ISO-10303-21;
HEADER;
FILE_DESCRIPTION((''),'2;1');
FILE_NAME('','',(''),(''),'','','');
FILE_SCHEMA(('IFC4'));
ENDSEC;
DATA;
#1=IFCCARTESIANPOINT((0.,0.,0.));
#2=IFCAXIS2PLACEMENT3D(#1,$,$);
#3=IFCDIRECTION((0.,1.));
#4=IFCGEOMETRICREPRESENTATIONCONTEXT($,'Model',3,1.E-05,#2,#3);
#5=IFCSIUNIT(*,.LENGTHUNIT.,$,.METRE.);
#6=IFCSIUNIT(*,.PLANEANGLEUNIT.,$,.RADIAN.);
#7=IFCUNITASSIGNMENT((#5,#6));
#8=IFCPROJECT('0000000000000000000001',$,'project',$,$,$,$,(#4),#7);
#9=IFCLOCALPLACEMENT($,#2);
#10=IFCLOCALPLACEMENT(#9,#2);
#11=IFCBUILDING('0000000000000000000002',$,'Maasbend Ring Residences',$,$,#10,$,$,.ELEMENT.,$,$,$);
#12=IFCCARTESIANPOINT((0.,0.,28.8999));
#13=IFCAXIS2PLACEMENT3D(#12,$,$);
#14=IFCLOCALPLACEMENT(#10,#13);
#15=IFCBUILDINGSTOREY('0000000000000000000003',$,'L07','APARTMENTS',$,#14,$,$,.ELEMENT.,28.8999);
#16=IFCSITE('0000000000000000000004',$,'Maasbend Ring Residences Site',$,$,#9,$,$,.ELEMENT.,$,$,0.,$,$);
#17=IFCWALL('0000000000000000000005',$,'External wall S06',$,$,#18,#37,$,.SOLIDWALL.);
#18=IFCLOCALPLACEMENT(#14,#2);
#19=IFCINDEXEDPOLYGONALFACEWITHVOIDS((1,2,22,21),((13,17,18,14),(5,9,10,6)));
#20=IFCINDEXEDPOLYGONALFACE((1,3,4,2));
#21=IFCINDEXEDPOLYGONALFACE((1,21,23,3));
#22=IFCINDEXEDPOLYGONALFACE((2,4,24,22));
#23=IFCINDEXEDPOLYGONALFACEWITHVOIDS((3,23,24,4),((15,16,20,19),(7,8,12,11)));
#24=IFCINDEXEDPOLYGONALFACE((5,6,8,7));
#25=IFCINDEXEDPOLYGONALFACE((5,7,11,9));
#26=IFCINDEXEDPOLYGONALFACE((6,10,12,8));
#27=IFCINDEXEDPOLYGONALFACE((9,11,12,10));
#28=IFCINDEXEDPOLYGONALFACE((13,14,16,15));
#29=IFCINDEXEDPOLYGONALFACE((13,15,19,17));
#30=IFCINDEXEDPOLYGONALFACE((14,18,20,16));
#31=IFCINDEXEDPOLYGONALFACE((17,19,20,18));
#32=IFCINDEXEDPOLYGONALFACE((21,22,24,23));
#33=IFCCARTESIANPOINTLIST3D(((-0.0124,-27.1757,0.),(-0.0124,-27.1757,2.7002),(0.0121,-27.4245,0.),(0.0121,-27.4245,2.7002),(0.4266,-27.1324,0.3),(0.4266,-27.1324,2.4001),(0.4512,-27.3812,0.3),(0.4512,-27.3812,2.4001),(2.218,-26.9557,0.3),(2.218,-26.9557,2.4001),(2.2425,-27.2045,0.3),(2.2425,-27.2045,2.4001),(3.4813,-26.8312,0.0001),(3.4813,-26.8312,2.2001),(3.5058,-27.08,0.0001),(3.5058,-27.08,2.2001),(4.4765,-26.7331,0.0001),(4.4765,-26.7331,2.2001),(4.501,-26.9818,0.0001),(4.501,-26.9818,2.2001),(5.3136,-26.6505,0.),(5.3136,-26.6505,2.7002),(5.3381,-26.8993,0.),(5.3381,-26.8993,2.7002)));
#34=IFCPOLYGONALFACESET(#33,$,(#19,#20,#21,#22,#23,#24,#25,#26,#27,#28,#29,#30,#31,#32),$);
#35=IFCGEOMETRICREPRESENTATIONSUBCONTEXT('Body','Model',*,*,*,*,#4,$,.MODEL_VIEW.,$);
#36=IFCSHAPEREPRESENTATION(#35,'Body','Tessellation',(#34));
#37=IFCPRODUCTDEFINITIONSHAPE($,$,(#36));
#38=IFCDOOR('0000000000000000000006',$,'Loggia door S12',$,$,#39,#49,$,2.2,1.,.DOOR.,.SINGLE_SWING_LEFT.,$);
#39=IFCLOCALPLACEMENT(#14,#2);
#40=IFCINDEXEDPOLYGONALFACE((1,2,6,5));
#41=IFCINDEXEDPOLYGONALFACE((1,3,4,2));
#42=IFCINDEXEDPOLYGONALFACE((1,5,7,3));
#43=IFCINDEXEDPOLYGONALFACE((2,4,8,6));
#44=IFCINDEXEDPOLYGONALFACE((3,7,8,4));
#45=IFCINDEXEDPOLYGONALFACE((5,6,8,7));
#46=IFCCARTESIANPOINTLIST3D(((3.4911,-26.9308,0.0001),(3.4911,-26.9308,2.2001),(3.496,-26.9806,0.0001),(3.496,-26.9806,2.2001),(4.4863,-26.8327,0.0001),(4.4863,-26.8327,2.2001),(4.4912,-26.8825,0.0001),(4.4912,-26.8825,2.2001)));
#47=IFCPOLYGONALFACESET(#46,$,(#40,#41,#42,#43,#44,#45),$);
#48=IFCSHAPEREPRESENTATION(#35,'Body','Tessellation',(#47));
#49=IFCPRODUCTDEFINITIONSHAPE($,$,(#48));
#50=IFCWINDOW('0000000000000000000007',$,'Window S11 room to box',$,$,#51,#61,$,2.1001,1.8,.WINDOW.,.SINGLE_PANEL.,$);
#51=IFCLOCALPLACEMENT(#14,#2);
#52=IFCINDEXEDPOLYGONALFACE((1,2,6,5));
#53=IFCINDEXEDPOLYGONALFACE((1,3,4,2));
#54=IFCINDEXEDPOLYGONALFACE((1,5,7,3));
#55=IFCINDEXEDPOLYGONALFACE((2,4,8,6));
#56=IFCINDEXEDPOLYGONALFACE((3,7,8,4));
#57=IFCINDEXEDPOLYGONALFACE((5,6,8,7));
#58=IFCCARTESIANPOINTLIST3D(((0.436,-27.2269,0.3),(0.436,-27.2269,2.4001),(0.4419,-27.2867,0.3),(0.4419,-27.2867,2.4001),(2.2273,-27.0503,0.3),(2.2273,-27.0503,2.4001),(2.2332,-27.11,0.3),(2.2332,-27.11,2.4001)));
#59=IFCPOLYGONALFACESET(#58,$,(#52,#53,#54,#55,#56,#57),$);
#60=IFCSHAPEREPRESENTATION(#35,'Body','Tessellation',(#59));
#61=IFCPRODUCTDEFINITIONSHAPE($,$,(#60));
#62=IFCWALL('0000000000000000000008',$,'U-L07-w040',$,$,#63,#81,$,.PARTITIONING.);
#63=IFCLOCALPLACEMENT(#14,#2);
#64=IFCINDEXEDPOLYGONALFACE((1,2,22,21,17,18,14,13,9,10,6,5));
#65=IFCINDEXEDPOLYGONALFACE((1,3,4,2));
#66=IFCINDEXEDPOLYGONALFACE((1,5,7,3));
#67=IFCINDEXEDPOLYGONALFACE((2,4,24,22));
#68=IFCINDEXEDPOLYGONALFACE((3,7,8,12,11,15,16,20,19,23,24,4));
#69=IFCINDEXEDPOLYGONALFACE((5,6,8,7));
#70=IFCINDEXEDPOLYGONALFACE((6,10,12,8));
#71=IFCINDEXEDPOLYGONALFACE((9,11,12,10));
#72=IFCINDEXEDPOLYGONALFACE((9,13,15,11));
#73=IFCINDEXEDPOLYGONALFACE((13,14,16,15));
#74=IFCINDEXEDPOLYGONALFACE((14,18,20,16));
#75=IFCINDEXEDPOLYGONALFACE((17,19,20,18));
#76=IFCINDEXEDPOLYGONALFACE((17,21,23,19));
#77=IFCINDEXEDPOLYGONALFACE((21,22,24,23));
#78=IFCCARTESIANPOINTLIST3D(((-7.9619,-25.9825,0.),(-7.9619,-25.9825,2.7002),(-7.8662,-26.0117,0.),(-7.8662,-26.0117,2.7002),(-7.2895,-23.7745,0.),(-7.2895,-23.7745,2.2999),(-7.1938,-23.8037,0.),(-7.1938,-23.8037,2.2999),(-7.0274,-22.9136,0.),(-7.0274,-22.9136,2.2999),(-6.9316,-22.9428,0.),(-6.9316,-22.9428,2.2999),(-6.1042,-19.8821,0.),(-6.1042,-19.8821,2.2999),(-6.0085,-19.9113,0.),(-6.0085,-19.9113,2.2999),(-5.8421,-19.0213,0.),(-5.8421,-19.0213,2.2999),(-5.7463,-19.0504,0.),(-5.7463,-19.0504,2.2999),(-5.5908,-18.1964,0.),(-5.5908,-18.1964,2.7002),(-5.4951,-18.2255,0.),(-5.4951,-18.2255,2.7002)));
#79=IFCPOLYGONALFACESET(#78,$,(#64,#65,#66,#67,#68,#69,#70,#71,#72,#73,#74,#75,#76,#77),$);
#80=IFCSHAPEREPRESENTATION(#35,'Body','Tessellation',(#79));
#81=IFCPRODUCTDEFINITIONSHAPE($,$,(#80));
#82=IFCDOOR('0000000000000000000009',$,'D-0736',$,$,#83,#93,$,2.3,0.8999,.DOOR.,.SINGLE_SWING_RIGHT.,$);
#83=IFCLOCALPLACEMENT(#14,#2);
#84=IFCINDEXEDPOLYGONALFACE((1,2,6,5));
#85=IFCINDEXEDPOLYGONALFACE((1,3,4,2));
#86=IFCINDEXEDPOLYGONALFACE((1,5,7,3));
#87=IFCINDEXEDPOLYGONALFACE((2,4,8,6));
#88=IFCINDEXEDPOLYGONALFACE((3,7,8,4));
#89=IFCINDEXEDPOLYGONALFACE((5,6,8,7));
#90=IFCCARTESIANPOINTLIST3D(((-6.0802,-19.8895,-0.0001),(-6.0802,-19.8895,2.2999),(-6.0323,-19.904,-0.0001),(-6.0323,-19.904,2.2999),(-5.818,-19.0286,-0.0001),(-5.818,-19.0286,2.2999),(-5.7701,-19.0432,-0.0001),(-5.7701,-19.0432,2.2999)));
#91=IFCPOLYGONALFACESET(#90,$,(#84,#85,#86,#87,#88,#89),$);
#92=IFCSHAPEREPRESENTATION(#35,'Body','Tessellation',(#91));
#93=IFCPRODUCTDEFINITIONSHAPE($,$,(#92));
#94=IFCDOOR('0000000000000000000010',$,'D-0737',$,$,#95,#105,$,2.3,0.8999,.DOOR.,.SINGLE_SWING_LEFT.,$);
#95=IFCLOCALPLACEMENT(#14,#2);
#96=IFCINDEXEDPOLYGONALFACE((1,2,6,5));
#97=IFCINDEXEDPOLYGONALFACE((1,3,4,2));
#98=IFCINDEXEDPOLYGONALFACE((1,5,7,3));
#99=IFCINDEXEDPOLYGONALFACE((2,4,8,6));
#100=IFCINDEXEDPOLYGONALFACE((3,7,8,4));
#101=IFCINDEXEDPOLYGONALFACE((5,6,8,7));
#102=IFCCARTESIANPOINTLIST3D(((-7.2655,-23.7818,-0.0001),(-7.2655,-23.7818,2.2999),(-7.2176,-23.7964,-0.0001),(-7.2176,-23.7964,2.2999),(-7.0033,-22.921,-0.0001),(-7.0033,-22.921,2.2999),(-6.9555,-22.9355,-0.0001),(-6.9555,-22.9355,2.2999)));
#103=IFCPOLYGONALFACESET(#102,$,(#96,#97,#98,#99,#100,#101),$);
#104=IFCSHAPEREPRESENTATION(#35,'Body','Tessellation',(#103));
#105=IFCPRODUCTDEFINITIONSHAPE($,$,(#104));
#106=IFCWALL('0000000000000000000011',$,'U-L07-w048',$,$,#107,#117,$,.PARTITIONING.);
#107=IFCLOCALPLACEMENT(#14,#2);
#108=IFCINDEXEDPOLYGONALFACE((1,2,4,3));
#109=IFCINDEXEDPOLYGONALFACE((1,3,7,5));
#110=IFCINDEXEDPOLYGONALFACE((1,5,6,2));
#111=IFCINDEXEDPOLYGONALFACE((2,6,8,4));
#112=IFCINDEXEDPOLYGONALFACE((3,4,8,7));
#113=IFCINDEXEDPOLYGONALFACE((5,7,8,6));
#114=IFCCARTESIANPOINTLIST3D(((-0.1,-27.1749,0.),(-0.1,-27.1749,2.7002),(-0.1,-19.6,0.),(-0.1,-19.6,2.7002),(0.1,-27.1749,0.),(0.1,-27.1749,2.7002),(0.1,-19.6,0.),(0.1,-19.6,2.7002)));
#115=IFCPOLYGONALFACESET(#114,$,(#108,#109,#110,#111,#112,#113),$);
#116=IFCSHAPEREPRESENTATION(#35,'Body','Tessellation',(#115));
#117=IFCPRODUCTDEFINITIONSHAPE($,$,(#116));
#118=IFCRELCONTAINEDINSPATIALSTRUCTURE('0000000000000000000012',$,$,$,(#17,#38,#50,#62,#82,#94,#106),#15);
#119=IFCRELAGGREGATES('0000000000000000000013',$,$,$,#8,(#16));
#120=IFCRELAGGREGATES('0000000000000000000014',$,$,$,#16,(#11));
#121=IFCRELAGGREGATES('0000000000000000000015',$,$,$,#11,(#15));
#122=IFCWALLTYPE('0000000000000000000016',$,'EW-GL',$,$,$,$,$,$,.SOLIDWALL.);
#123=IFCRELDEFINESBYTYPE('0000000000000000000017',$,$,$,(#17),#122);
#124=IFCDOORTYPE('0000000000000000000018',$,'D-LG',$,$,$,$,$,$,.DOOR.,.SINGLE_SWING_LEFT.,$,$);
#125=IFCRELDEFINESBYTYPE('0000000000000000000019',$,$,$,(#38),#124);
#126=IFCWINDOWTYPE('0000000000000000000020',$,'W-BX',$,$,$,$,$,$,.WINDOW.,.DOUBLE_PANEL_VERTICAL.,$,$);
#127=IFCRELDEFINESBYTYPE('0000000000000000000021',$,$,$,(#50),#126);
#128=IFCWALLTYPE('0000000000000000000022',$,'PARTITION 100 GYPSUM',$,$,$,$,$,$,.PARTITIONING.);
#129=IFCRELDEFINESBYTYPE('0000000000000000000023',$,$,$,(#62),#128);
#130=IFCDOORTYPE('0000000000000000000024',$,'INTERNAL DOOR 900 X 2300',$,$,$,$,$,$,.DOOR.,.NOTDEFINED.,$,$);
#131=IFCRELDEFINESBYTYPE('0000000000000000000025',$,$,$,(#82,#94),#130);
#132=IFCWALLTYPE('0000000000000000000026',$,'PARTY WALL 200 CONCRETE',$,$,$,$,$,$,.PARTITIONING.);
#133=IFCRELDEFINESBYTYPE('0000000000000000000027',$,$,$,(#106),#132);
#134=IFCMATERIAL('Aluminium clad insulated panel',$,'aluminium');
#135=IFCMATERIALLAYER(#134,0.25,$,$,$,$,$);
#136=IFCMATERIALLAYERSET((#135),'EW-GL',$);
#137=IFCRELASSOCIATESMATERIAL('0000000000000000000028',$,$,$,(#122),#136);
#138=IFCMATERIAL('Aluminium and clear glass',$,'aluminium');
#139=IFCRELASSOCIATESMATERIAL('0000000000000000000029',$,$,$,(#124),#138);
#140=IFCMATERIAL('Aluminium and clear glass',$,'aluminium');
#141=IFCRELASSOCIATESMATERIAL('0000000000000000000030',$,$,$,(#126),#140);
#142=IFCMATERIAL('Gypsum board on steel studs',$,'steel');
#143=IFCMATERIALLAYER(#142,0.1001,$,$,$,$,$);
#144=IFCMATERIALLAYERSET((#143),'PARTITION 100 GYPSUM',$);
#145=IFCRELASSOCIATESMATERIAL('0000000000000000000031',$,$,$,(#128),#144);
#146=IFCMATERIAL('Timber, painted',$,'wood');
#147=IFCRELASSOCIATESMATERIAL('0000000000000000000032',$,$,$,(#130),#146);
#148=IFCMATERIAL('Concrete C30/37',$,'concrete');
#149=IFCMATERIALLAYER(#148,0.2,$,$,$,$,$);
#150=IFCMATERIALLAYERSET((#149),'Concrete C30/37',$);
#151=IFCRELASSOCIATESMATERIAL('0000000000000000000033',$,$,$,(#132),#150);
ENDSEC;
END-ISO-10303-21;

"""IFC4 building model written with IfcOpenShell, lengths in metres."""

from ifc_helpers import new_model, si_unit, direction, frame, frame_2d, origin, place, context, subcontext, project, spatial, rectangle, extrude, material, layer, layer_set, type_object, element, fill, save


model = new_model("IFC4")

# Units and contexts
model_context = context("Model", 3, precision=1e-05, world=origin(), true_north=direction((0.0, 1.0)))
body_context = subcontext(model_context, "Body", "Model", "MODEL_VIEW")
ifc_project = project(units=[si_unit("LENGTHUNIT", "METRE"), si_unit("PLANEANGLEUNIT", "RADIAN")], contexts=[model_context])

# Site, building, storey
site_placement = place(None, origin())
site = spatial("IfcSite", under=ifc_project, at=site_placement, Name="Maasbend Ring Residences Site", CompositionType="ELEMENT", RefElevation=0.0)
building_placement = place(site_placement, origin())
building = spatial("IfcBuilding", under=site, at=building_placement, Name="Maasbend Ring Residences", CompositionType="ELEMENT")
storey_placement = place(building_placement, frame((0.0, 0.0, 28.8999)))
storey = spatial("IfcBuildingStorey", under=building, at=storey_placement, Name="L07", Description="APARTMENTS", CompositionType="ELEMENT", Elevation=28.8999)

# Wall, openings, door, window
ifc_material_1 = material(Name="Aluminium clad insulated panel", Category="aluminium")
ifc_layer_1 = layer(ifc_material_1, 0.25)
ifc_layer_set_1 = layer_set([ifc_layer_1], Name="EW-GL")
wall_type_1 = type_object("IfcWallType", Name="EW-GL", PredefinedType="SOLIDWALL", material=ifc_layer_set_1)
ifc_material_2 = material(Name="Aluminium and clear glass", Category="aluminium")
door_type_1 = type_object("IfcDoorType", Name="D-LG", OperationType="SINGLE_SWING_LEFT", PredefinedType="DOOR", material=ifc_material_2)
ifc_material_3 = material(Name="Aluminium and clear glass", Category="aluminium")
window_type_1 = type_object("IfcWindowType", Name="W-BX", PartitioningType="DOUBLE_PANEL_VERTICAL", PredefinedType="WINDOW", material=ifc_material_3)
wall_1_placement = place(storey_placement, frame((0.0, -27.3, 0.0), z_axis=(0.0, 0.0, 1.0), x_axis=(0.995174, 0.098126, 0.0)))
wall_1 = element("IfcWall", 1, at=wall_1_placement, inside=storey, type_object=wall_type_1, Name="External wall S06", PredefinedType="SOLIDWALL", context=body_context, shape_type="SweptSolid", body=[
    extrude(rectangle(XDim=5.3518, YDim=0.25, at=frame_2d((2.6758, 0.0))), origin(), (0.0, 0.0, 1.0), 2.7002),
])
opening_1_placement = place(wall_1_placement, frame((0.4412, 0.0, 0.3)))
opening_1 = element("IfcOpeningElement", 2, at=opening_1_placement, cuts=wall_1, PredefinedType="OPENING", context=body_context, shape_type="SweptSolid", body=[
    extrude(rectangle(XDim=1.8, YDim=2.1001, at=frame_2d((0.8999, 1.05))), frame((0.0, 0.135, 0.0), z_axis=(0.0, -1.0, 0.0), x_axis=(1.0, 0.0, 0.0)), (0.0, 0.0, 1.0), 0.27),
])
opening_2_placement = place(wall_1_placement, frame((3.5105, 0.0, 0.0)))
opening_2 = element("IfcOpeningElement", 3, at=opening_2_placement, cuts=wall_1, PredefinedType="OPENING", context=body_context, shape_type="SweptSolid", body=[
    extrude(rectangle(XDim=1.0, YDim=2.2, at=frame_2d((0.5, 1.1001))), frame((0.0, 0.135, 0.0), z_axis=(0.0, -1.0, 0.0), x_axis=(1.0, 0.0, 0.0)), (0.0, 0.0, 1.0), 0.27),
])
door_1_placement = place(opening_2_placement, origin())
door_1 = element("IfcDoor", 4, at=door_1_placement, inside=storey, type_object=door_type_1, Name="Loggia door S12", OperationType="SINGLE_SWING_LEFT", OverallHeight=2.2, OverallWidth=1.0, PredefinedType="DOOR", context=body_context, shape_type="SweptSolid", body=[
    extrude(rectangle(XDim=1.0, YDim=2.2, at=frame_2d((0.5, 1.1001))), frame((0.0, 0.0249, 0.0), z_axis=(0.0, -1.0, 0.0), x_axis=(1.0, 0.0, 0.0)), (0.0, 0.0, 1.0), 0.05),
])
fill(opening_2, door_1)
window_1_placement = place(opening_1_placement, origin())
window_1 = element("IfcWindow", 5, at=window_1_placement, inside=storey, type_object=window_type_1, Name="Window S11 room to box", OverallHeight=2.1001, OverallWidth=1.8, PartitioningType="SINGLE_PANEL", PredefinedType="WINDOW", context=body_context, shape_type="SweptSolid", body=[
    extrude(rectangle(XDim=1.8, YDim=2.1001, at=frame_2d((0.8999, 1.05))), frame((0.0, 0.03, 0.0), z_axis=(0.0, -1.0, 0.0), x_axis=(1.0, 0.0, 0.0)), (0.0, 0.0, 1.0), 0.0601),
])
fill(opening_1, window_1)

# Wall, openings, doors
ifc_material_4 = material(Name="Gypsum board on steel studs", Category="steel")
ifc_layer_2 = layer(ifc_material_4, 0.1001)
ifc_layer_set_2 = layer_set([ifc_layer_2], Name="PARTITION 100 GYPSUM")
wall_type_2 = type_object("IfcWallType", Name="PARTITION 100 GYPSUM", PredefinedType="PARTITIONING", material=ifc_layer_set_2)
wall_2_placement = place(storey_placement, frame((-7.9141, -25.9971, 0.0), z_axis=(0.0, 0.0, 1.0), x_axis=(0.291319, 0.956626, 0.0)))
wall_2 = element("IfcWall", 6, at=wall_2_placement, inside=storey, type_object=wall_type_2, Name="U-L07-w040", PredefinedType="PARTITIONING", context=body_context, shape_type="SweptSolid", body=[
    extrude(rectangle(XDim=8.1392, YDim=0.1001, at=frame_2d((4.0696, 0.0))), origin(), (0.0, 0.0, 1.0), 2.7002),
])
opening_3_placement = place(wall_2_placement, frame((6.377, 0.0, 0.0)))
opening_3 = element("IfcOpeningElement", 7, at=opening_3_placement, cuts=wall_2, PredefinedType="OPENING", context=body_context, shape_type="SweptSolid", body=[
    extrude(rectangle(XDim=0.8999, YDim=2.3, at=frame_2d((0.45, 1.1499))), frame((0.0, 0.0601, 0.0), z_axis=(0.0, -1.0, 0.0), x_axis=(1.0, 0.0, 0.0)), (0.0, 0.0, 1.0), 0.1201),
])
opening_4_placement = place(wall_2_placement, frame((2.3081, 0.0, 0.0)))
opening_4 = element("IfcOpeningElement", 8, at=opening_4_placement, cuts=wall_2, PredefinedType="OPENING", context=body_context, shape_type="SweptSolid", body=[
    extrude(rectangle(XDim=0.8999, YDim=2.3, at=frame_2d((0.45, 1.1499))), frame((0.0, 0.0601, 0.0), z_axis=(0.0, -1.0, 0.0), x_axis=(1.0, 0.0, 0.0)), (0.0, 0.0, 1.0), 0.1201),
])
ifc_material_5 = material(Name="Timber, painted", Category="wood")
door_type_2 = type_object("IfcDoorType", Name="INTERNAL DOOR 900 X 2300", OperationType="NOTDEFINED", PredefinedType="DOOR", material=ifc_material_5)
door_2_placement = place(opening_3_placement, origin())
door_2 = element("IfcDoor", 9, at=door_2_placement, inside=storey, type_object=door_type_2, Name="D-0736", OperationType="SINGLE_SWING_RIGHT", OverallHeight=2.3, OverallWidth=0.8999, PredefinedType="DOOR", context=body_context, shape_type="SweptSolid", body=[
    extrude(rectangle(XDim=0.8999, YDim=2.3, at=frame_2d((0.45, 1.1499))), frame((0.0, 0.0249, 0.0), z_axis=(0.0, -1.0, 0.0), x_axis=(1.0, 0.0, 0.0)), (0.0, 0.0, 1.0), 0.05),
])
fill(opening_3, door_2)
door_3_placement = place(opening_4_placement, origin())
door_3 = element("IfcDoor", 10, at=door_3_placement, inside=storey, type_object=door_type_2, Name="D-0737", OperationType="SINGLE_SWING_LEFT", OverallHeight=2.3, OverallWidth=0.8999, PredefinedType="DOOR", context=body_context, shape_type="SweptSolid", body=[
    extrude(rectangle(XDim=0.8999, YDim=2.3, at=frame_2d((0.45, 1.1499))), frame((0.0, 0.0249, 0.0), z_axis=(0.0, -1.0, 0.0), x_axis=(1.0, 0.0, 0.0)), (0.0, 0.0, 1.0), 0.05),
])
fill(opening_4, door_3)

# Wall
ifc_material_6 = material(Name="Concrete C30/37", Category="concrete")
ifc_layer_3 = layer(ifc_material_6, 0.2)
ifc_layer_set_3 = layer_set([ifc_layer_3], Name="Concrete C30/37")
wall_type_3 = type_object("IfcWallType", Name="PARTY WALL 200 CONCRETE", PredefinedType="PARTITIONING", material=ifc_layer_set_3)
wall_3_placement = place(storey_placement, frame((0.0, -27.175, 0.0), z_axis=(0.0, 0.0, 1.0), x_axis=(0.0, 1.0, 0.0)))
element("IfcWall", 11, at=wall_3_placement, inside=storey, type_object=wall_type_3, Name="U-L07-w048", PredefinedType="PARTITIONING", context=body_context, shape_type="SweptSolid", body=[
    extrude(rectangle(XDim=7.575, YDim=0.2, at=frame_2d((3.7876, 0.0))), origin(), (0.0, 0.0, 1.0), 2.7002),
])

save(model, "model.ifc")
